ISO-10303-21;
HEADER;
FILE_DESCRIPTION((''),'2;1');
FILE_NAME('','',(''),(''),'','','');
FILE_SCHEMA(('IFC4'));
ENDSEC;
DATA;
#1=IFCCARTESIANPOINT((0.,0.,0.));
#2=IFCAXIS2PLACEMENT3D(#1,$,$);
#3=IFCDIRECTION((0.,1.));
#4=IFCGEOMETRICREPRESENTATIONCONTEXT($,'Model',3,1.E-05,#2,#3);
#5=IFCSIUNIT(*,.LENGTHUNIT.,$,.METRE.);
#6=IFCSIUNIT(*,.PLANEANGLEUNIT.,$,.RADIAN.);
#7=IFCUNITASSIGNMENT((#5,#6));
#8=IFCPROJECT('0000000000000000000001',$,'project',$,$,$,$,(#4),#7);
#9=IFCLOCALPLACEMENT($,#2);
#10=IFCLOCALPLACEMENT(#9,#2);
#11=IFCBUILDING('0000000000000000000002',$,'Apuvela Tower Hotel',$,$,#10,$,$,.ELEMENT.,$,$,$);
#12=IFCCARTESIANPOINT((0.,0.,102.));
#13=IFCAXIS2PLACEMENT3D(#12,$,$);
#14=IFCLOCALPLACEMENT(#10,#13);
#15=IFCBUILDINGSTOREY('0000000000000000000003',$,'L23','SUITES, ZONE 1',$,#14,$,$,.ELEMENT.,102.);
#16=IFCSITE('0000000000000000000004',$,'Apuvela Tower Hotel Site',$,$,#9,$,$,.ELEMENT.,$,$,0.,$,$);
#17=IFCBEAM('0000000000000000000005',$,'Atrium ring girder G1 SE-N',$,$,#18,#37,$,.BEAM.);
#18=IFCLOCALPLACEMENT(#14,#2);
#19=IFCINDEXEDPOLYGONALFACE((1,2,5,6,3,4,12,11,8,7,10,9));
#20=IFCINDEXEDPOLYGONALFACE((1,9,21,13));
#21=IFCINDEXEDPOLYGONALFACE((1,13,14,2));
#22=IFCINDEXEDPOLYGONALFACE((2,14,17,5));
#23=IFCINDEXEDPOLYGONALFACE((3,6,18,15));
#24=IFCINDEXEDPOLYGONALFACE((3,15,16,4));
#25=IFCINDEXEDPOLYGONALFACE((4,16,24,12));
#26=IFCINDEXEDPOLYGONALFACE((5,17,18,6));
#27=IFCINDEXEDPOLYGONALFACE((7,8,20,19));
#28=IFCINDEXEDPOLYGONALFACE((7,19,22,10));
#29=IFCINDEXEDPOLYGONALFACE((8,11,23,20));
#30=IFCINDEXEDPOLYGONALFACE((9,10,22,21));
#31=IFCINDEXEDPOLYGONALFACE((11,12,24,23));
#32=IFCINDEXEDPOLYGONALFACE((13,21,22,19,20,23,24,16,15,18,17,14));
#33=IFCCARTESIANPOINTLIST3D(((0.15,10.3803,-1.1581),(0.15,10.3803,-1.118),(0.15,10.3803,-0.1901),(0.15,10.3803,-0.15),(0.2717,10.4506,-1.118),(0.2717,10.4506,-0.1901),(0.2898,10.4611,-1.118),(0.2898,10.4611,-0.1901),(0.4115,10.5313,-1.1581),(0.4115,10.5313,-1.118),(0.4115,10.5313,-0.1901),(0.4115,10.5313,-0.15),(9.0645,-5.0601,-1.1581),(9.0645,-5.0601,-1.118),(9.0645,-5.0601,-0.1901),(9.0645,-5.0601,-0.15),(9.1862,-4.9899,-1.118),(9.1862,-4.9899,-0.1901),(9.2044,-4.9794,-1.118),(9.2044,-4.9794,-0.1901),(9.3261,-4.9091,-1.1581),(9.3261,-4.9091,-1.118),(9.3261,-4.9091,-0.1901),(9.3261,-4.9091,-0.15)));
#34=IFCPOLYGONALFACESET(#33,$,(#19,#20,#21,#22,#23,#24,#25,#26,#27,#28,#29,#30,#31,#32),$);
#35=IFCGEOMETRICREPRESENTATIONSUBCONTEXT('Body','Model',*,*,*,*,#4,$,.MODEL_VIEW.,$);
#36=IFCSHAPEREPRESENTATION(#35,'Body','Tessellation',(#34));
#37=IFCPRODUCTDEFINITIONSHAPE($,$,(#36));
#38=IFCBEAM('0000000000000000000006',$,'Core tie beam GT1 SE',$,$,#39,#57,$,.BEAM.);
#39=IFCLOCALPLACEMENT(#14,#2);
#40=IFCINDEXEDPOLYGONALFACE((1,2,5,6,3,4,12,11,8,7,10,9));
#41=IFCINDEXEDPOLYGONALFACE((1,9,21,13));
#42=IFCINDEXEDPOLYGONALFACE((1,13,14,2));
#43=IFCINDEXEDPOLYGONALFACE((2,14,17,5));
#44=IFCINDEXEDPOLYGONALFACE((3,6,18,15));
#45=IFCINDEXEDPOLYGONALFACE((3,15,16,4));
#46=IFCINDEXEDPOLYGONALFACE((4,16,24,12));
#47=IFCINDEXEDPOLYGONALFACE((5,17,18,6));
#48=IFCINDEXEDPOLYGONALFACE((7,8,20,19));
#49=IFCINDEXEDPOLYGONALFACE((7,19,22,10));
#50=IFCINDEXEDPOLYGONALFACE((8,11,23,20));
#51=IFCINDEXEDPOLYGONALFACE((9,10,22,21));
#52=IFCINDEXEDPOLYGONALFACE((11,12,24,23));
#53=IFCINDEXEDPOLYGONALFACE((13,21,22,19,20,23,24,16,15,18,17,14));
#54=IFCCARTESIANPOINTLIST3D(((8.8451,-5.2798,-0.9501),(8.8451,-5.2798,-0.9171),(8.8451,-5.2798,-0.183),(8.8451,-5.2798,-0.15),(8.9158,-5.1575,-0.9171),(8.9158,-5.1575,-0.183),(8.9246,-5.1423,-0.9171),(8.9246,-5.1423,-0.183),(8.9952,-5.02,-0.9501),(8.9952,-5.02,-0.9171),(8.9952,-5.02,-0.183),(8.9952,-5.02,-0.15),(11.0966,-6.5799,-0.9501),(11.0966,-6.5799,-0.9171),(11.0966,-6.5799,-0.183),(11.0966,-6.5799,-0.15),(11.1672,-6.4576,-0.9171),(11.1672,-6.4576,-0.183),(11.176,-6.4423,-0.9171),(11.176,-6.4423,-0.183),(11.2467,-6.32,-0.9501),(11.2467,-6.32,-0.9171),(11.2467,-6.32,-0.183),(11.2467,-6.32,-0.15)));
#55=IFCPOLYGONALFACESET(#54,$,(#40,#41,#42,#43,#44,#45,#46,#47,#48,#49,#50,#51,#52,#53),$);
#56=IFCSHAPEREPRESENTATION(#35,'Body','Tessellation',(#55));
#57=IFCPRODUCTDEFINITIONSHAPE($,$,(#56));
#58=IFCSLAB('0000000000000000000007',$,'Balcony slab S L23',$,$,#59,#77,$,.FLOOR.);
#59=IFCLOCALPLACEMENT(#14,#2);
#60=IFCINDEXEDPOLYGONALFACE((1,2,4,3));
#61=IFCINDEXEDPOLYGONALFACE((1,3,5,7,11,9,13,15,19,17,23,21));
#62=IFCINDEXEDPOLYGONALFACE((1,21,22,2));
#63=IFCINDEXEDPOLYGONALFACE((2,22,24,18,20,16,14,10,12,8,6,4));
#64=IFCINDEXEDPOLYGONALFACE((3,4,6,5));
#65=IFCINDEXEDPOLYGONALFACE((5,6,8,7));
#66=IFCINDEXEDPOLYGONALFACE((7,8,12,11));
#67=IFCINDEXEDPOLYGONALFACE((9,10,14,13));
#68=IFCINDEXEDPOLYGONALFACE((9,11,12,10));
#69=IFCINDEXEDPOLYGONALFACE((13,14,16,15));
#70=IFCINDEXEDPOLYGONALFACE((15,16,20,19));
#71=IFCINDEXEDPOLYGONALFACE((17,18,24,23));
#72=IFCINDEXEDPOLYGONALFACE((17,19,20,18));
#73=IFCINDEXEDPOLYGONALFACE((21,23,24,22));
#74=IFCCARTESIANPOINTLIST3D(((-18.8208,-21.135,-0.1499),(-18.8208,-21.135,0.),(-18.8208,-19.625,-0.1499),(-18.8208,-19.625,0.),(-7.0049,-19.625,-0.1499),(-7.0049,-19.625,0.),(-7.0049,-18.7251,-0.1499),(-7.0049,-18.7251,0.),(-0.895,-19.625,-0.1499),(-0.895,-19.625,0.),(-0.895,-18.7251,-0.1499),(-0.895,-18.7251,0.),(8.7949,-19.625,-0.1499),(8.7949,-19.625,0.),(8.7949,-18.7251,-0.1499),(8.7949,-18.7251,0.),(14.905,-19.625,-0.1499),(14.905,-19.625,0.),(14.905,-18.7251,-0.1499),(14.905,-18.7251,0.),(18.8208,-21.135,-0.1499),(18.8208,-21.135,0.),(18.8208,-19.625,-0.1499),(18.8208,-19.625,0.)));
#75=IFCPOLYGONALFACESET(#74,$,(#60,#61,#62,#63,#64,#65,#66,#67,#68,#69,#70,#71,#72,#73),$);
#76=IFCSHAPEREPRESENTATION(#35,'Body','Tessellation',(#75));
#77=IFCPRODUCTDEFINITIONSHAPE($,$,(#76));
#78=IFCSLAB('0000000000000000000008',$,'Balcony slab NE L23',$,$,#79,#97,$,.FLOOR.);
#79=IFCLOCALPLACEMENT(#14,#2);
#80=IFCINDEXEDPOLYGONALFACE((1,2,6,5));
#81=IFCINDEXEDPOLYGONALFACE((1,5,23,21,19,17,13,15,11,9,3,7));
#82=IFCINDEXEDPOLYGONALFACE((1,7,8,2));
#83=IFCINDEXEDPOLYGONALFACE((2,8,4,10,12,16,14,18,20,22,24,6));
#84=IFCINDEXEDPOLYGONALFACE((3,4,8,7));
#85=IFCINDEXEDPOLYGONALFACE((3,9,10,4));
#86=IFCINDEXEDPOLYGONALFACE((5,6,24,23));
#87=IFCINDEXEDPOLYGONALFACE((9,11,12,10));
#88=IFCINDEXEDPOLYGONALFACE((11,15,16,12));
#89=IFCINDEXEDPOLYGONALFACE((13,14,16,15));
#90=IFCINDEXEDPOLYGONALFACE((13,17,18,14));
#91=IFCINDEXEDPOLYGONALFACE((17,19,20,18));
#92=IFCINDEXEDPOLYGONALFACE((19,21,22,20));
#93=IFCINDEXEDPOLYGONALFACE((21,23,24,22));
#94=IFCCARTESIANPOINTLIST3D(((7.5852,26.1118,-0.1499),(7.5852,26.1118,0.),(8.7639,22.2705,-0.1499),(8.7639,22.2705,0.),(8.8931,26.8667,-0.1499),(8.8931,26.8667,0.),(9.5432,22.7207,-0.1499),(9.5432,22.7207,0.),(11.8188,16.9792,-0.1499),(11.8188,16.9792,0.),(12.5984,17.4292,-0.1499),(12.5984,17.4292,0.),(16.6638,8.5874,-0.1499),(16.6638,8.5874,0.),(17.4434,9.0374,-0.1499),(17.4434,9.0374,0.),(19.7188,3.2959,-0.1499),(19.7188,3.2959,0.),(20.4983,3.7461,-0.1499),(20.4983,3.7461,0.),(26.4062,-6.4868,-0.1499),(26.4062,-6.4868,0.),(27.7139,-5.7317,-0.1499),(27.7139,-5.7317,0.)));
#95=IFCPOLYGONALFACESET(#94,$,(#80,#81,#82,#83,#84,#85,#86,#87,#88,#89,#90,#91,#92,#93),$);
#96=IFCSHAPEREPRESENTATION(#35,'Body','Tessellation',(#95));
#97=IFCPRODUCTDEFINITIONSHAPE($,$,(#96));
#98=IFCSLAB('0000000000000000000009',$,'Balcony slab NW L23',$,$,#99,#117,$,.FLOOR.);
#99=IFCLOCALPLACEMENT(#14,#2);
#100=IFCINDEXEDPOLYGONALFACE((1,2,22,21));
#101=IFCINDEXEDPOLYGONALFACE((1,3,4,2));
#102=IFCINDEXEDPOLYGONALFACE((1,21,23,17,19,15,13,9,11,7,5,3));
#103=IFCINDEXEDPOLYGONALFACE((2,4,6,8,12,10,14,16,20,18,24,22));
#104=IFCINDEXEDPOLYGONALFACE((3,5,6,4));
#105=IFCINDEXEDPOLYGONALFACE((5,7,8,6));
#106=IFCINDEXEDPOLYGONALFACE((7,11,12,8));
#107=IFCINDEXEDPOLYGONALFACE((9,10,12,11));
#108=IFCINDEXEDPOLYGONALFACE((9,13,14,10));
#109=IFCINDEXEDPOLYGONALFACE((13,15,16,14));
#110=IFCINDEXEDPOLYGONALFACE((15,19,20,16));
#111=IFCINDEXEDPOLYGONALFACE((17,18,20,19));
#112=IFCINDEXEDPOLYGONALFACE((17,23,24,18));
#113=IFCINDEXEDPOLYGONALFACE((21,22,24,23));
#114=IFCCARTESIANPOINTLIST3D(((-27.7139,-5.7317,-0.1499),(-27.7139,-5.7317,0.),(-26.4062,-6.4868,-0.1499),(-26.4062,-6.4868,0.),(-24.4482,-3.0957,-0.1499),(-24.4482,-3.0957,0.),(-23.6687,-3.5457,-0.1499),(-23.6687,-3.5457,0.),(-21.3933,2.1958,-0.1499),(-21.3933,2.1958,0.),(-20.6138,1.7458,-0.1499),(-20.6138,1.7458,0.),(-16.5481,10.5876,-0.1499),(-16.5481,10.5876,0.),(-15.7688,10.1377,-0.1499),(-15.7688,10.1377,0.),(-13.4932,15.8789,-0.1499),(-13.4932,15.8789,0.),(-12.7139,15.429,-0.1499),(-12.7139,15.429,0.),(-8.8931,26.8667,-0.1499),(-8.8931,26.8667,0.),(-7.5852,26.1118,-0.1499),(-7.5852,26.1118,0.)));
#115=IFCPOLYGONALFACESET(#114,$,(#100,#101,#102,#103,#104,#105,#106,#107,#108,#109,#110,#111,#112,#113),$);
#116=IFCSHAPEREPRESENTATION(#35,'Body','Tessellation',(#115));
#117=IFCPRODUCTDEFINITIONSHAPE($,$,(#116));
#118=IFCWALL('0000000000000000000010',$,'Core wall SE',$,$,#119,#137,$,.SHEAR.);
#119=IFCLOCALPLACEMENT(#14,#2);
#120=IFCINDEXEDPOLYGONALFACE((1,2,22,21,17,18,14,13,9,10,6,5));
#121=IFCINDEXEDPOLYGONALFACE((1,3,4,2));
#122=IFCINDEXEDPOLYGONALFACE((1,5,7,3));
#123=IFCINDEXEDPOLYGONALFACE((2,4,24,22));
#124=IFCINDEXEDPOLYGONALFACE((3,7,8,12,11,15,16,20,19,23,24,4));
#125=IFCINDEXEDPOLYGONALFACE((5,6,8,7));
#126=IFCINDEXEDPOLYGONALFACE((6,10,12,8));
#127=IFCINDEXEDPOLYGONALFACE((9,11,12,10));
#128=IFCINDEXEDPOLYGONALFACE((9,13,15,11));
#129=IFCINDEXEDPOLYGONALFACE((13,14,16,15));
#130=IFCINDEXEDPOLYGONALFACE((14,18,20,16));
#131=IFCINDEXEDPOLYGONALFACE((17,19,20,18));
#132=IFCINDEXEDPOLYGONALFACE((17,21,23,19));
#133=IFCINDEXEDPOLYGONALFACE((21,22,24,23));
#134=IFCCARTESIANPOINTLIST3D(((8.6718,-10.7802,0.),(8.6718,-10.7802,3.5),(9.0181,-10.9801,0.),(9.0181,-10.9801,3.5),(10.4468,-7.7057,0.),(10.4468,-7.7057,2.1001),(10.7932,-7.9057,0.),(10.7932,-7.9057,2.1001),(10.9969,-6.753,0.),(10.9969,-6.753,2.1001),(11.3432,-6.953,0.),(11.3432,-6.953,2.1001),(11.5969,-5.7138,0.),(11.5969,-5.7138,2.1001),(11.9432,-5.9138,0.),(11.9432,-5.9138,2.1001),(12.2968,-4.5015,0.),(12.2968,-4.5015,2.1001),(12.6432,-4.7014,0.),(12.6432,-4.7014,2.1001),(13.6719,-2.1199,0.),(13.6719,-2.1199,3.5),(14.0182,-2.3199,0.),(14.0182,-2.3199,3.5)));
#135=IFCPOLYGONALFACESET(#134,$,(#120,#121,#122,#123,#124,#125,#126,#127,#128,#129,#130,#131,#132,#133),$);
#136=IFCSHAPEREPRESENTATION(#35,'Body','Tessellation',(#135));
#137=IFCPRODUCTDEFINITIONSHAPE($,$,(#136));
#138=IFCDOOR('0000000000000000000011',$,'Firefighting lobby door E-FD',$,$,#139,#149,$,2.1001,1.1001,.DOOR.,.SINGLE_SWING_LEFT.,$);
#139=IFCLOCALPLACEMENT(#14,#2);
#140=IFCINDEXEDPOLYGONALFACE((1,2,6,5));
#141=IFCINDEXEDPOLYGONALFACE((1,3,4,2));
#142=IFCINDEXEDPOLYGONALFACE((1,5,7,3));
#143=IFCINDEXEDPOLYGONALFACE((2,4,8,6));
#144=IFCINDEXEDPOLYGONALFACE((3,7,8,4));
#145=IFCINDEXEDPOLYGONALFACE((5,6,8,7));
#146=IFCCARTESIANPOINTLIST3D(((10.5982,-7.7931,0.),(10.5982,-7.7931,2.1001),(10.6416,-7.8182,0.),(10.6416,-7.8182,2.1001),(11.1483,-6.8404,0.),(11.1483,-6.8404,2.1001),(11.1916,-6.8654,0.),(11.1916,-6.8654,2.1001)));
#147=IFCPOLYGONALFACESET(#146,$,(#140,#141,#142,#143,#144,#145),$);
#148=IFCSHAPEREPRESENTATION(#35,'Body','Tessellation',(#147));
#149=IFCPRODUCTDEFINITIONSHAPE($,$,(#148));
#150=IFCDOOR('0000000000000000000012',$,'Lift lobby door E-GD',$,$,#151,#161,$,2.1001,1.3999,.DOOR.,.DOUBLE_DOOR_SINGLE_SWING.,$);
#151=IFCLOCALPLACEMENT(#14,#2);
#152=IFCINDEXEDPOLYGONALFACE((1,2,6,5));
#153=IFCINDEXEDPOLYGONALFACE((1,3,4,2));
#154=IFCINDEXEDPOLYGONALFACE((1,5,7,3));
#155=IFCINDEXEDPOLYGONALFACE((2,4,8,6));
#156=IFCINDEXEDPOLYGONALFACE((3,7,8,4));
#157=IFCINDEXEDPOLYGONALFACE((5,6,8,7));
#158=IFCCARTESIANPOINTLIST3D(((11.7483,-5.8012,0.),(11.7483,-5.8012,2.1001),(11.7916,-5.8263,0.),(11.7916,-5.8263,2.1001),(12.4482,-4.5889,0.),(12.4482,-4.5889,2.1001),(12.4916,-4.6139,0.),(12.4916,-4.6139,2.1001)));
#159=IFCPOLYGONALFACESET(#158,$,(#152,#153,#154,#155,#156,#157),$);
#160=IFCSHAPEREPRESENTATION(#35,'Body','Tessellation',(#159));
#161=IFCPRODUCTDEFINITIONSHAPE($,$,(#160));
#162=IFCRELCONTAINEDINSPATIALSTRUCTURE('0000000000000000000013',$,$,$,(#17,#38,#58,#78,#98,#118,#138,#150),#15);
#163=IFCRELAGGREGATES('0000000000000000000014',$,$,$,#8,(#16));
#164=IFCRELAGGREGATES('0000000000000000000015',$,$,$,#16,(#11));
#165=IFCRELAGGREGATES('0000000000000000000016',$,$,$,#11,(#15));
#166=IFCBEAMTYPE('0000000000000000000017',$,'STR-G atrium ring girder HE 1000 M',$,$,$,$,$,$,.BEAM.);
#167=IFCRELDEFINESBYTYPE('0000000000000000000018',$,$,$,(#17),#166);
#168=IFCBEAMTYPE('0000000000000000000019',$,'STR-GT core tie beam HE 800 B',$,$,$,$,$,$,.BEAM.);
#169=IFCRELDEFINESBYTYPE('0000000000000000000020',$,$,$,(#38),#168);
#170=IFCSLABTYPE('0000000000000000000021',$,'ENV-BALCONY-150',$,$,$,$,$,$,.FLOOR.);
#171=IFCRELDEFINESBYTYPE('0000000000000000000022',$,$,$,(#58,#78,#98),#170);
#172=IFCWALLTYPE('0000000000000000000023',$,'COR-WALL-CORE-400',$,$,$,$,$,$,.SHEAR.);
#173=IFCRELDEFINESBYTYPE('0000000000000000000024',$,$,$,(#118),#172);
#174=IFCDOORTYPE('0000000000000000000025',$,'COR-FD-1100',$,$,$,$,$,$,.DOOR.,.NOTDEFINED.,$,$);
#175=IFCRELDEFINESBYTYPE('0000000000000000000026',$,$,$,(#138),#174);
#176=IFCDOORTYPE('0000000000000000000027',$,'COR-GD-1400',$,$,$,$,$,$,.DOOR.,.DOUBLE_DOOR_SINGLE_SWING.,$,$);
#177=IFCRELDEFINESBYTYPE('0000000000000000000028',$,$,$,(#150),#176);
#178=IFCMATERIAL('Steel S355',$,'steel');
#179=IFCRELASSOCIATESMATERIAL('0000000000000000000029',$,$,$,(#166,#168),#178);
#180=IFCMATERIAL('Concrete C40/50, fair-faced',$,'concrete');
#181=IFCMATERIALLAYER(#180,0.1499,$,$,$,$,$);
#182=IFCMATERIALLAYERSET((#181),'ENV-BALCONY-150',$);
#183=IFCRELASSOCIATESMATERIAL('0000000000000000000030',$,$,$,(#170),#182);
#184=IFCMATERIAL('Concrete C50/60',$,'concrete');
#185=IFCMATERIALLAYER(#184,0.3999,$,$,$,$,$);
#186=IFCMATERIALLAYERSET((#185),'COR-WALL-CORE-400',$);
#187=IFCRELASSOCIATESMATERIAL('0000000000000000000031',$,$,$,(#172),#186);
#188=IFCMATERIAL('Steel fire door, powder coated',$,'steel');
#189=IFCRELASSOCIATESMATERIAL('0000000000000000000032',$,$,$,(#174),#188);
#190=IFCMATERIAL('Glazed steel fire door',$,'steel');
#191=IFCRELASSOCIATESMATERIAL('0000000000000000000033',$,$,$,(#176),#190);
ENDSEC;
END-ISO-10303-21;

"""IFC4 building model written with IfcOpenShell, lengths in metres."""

from ifc_helpers import new_model, si_unit, direction, frame, frame_2d, origin, origin_2d, place, context, subcontext, project, spatial, polyline, rectangle, i_section, outline, extrude, material, layer, layer_set, material_profile, profile_set, type_object, element, fill, save


model = new_model("IFC4")

# Units and contexts
model_context = context("Model", 3, precision=1e-05, world=origin(), true_north=direction((0.0, 1.0)))
body_context = subcontext(model_context, "Body", "Model", "MODEL_VIEW")
ifc_project = project(units=[si_unit("LENGTHUNIT", "METRE"), si_unit("PLANEANGLEUNIT", "RADIAN")], contexts=[model_context])

# Site, building, storey
site_placement = place(None, origin())
site = spatial("IfcSite", under=ifc_project, at=site_placement, Name="Apuvela Tower Hotel Site", CompositionType="ELEMENT", RefElevation=0.0)
building_placement = place(site_placement, origin())
building = spatial("IfcBuilding", under=site, at=building_placement, Name="Apuvela Tower Hotel", CompositionType="ELEMENT")
storey_placement = place(building_placement, frame((0.0, 0.0, 102.0)))
storey = spatial("IfcBuildingStorey", under=building, at=storey_placement, Name="L23", Description="SUITES, ZONE 1", CompositionType="ELEMENT", Elevation=102.0)

# Beams
ifc_material_1 = material(Name="Steel S355", Category="steel")
ifc_material_profile_1 = material_profile(ifc_material_1, i_section(OverallWidth=0.302, OverallDepth=1.0081, WebThickness=0.021, FlangeThickness=0.04, at=origin_2d()), Name="HE 1000 M")
ifc_profile_set_1 = profile_set([ifc_material_profile_1], Name="Steel S355")
beam_type_1 = type_object("IfcBeamType", Name="STR-G atrium ring girder HE 1000 M", PredefinedType="BEAM", material=ifc_profile_set_1)
beam_1_placement = place(storey_placement, frame((9.1953, -4.9846, -0.6541), z_axis=(-0.500001, 0.866025, 0.0), x_axis=(-0.866025, -0.500001, 0.0)))
element("IfcBeam", 1, at=beam_1_placement, inside=storey, type_object=beam_type_1, Name="Atrium ring girder G1 SE-N", PredefinedType="BEAM", context=body_context, shape_type="SweptSolid", body=[
    extrude(i_section(OverallWidth=0.302, OverallDepth=1.0081, WebThickness=0.021, FlangeThickness=0.04, at=origin_2d()), origin(), (0.0, 0.0, 1.0), 17.8291),
])
ifc_material_profile_2 = material_profile(ifc_material_1, i_section(OverallWidth=0.3, OverallDepth=0.8, WebThickness=0.0176, FlangeThickness=0.033, at=origin_2d()), Name="HE 800 B")
ifc_profile_set_2 = profile_set([ifc_material_profile_2], Name="Steel S355")
beam_type_2 = type_object("IfcBeamType", Name="STR-GT core tie beam HE 800 B", PredefinedType="BEAM", material=ifc_profile_set_2)
beam_2_placement = place(storey_placement, frame((11.1716, -6.45, -0.55), z_axis=(-0.865998, 0.500048, 0.0), x_axis=(-0.500048, -0.865998, 0.0)))
element("IfcBeam", 2, at=beam_2_placement, inside=storey, type_object=beam_type_2, Name="Core tie beam GT1 SE", PredefinedType="BEAM", context=body_context, shape_type="SweptSolid", body=[
    extrude(i_section(OverallWidth=0.3, OverallDepth=0.8, WebThickness=0.0176, FlangeThickness=0.033, at=origin_2d()), origin(), (0.0, 0.0, 1.0), 2.5999),
])

# Slabs
ifc_material_2 = material(Name="Concrete C40/50, fair-faced", Category="concrete")
ifc_layer_1 = layer(ifc_material_2, 0.1499)
ifc_layer_set_1 = layer_set([ifc_layer_1], Name="ENV-BALCONY-150")
slab_type = type_object("IfcSlabType", Name="ENV-BALCONY-150", PredefinedType="FLOOR", material=ifc_layer_set_1)
slab_1_placement = place(storey_placement, frame((0.0, 0.0, -0.1499)))
element("IfcSlab", 3, at=slab_1_placement, inside=storey, type_object=slab_type, Name="Balcony slab S L23", PredefinedType="FLOOR", context=body_context, shape_type="SweptSolid", body=[
    extrude(outline(polyline([(18.8208, -21.135), (-18.8208, -21.135), (-18.8208, -19.625), (-7.0049, -19.625), (-7.0049, -18.7251), (-0.895, -18.7251), (-0.895, -19.625), (8.7949, -19.625), (8.7949, -18.7251), (14.905, -18.7251), (14.905, -19.625), (18.8208, -19.625), (18.8208, -21.135)])), origin(), (0.0, 0.0, 1.0), 0.1499),
])
slab_2_placement = place(storey_placement, frame((0.0, 0.0, -0.1499)))
element("IfcSlab", 4, at=slab_2_placement, inside=storey, type_object=slab_type, Name="Balcony slab NE L23", PredefinedType="FLOOR", context=body_context, shape_type="SweptSolid", body=[
    extrude(outline(polyline([(17.4434, 9.0374), (12.5984, 17.4292), (11.8188, 16.9792), (8.7639, 22.2705), (9.5432, 22.7207), (7.5852, 26.1118), (8.8931, 26.8667), (27.7139, -5.7317), (26.4062, -6.4868), (20.4983, 3.7461), (19.7188, 3.2959), (16.6638, 8.5874), (17.4434, 9.0374)])), origin(), (0.0, 0.0, 1.0), 0.1499),
])
slab_3_placement = place(storey_placement, frame((0.0, 0.0, -0.1499)))
element("IfcSlab", 5, at=slab_3_placement, inside=storey, type_object=slab_type, Name="Balcony slab NW L23", PredefinedType="FLOOR", context=body_context, shape_type="SweptSolid", body=[
    extrude(outline(polyline([(-27.7139, -5.7317), (-8.8931, 26.8667), (-7.5852, 26.1118), (-13.4932, 15.8789), (-12.7139, 15.429), (-15.7688, 10.1377), (-16.5481, 10.5876), (-21.3933, 2.1958), (-20.6138, 1.7458), (-23.6687, -3.5457), (-24.4482, -3.0957), (-26.4062, -6.4868), (-27.7139, -5.7317)])), origin(), (0.0, 0.0, 1.0), 0.1499),
])

# Wall, openings, doors
ifc_material_3 = material(Name="Concrete C50/60", Category="concrete")
ifc_layer_2 = layer(ifc_material_3, 0.3999)
ifc_layer_set_2 = layer_set([ifc_layer_2], Name="COR-WALL-CORE-400")
wall_type_1 = type_object("IfcWallType", Name="COR-WALL-CORE-400", PredefinedType="SHEAR", material=ifc_layer_set_2)
wall_1_placement = place(storey_placement, frame((8.845, -10.8801, 0.0), z_axis=(0.0, 0.0, 1.0), x_axis=(0.500004, 0.866023, 0.0)))
wall_1 = element("IfcWall", 6, at=wall_1_placement, inside=storey, type_object=wall_type_1, Name="Core wall SE", PredefinedType="SHEAR", context=body_context, shape_type="SweptSolid", body=[
    extrude(rectangle(XDim=10.0, YDim=0.3999, at=frame_2d((5.0, 0.0))), origin(), (0.0, 0.0, 1.0), 3.5),
])
opening_1_placement = place(wall_1_placement, frame((3.55, 0.0, 0.0)))
opening_1 = element("IfcOpeningElement", 7, at=opening_1_placement, cuts=wall_1, PredefinedType="OPENING", context=body_context, shape_type="SweptSolid", body=[
    extrude(rectangle(XDim=1.1001, YDim=2.1001, at=frame_2d((0.55, 1.05))), frame((0.0, 0.21, 0.0), z_axis=(0.0, -1.0, 0.0), x_axis=(1.0, 0.0, 0.0)), (0.0, 0.0, 1.0), 0.4199),
])
opening_2_placement = place(wall_1_placement, frame((5.8501, 0.0, 0.0)))
opening_2 = element("IfcOpeningElement", 8, at=opening_2_placement, cuts=wall_1, PredefinedType="OPENING", context=body_context, shape_type="SweptSolid", body=[
    extrude(rectangle(XDim=1.3999, YDim=2.1001, at=frame_2d((0.7, 1.05))), frame((0.0, 0.21, 0.0), z_axis=(0.0, -1.0, 0.0), x_axis=(1.0, 0.0, 0.0)), (0.0, 0.0, 1.0), 0.4199),
])
ifc_material_4 = material(Name="Steel fire door, powder coated", Category="steel")
door_type_1 = type_object("IfcDoorType", Name="COR-FD-1100", OperationType="NOTDEFINED", PredefinedType="DOOR", material=ifc_material_4)
door_1_placement = place(opening_1_placement, frame((1.1001, 0.0, 0.0), z_axis=(0.0, 0.0, 1.0), x_axis=(-1.0, 0.0, 0.0)))
door_1 = element("IfcDoor", 9, at=door_1_placement, inside=storey, type_object=door_type_1, Name="Firefighting lobby door E-FD", OperationType="SINGLE_SWING_LEFT", OverallHeight=2.1001, OverallWidth=1.1001, PredefinedType="DOOR", context=body_context, shape_type="SweptSolid", body=[
    extrude(rectangle(XDim=1.1001, YDim=2.1001, at=frame_2d((0.55, 1.05))), frame((0.0, 0.0249, 0.0), z_axis=(0.0, -1.0, 0.0), x_axis=(1.0, 0.0, 0.0)), (0.0, 0.0, 1.0), 0.05),
])
fill(opening_1, door_1)
ifc_material_5 = material(Name="Glazed steel fire door", Category="steel")
door_type_2 = type_object("IfcDoorType", Name="COR-GD-1400", OperationType="DOUBLE_DOOR_SINGLE_SWING", PredefinedType="DOOR", material=ifc_material_5)
door_2_placement = place(opening_2_placement, frame((1.3999, 0.0, 0.0), z_axis=(0.0, 0.0, 1.0), x_axis=(-1.0, 0.0, 0.0)))
door_2 = element("IfcDoor", 10, at=door_2_placement, inside=storey, type_object=door_type_2, Name="Lift lobby door E-GD", OperationType="DOUBLE_DOOR_SINGLE_SWING", OverallHeight=2.1001, OverallWidth=1.3999, PredefinedType="DOOR", context=body_context, shape_type="SweptSolid", body=[
    extrude(rectangle(XDim=1.3999, YDim=2.1001, at=frame_2d((0.7, 1.05))), frame((0.0, 0.0249, 0.0), z_axis=(0.0, -1.0, 0.0), x_axis=(1.0, 0.0, 0.0)), (0.0, 0.0, 1.0), 0.05),
])
fill(opening_2, door_2)

save(model, "model.ifc")
